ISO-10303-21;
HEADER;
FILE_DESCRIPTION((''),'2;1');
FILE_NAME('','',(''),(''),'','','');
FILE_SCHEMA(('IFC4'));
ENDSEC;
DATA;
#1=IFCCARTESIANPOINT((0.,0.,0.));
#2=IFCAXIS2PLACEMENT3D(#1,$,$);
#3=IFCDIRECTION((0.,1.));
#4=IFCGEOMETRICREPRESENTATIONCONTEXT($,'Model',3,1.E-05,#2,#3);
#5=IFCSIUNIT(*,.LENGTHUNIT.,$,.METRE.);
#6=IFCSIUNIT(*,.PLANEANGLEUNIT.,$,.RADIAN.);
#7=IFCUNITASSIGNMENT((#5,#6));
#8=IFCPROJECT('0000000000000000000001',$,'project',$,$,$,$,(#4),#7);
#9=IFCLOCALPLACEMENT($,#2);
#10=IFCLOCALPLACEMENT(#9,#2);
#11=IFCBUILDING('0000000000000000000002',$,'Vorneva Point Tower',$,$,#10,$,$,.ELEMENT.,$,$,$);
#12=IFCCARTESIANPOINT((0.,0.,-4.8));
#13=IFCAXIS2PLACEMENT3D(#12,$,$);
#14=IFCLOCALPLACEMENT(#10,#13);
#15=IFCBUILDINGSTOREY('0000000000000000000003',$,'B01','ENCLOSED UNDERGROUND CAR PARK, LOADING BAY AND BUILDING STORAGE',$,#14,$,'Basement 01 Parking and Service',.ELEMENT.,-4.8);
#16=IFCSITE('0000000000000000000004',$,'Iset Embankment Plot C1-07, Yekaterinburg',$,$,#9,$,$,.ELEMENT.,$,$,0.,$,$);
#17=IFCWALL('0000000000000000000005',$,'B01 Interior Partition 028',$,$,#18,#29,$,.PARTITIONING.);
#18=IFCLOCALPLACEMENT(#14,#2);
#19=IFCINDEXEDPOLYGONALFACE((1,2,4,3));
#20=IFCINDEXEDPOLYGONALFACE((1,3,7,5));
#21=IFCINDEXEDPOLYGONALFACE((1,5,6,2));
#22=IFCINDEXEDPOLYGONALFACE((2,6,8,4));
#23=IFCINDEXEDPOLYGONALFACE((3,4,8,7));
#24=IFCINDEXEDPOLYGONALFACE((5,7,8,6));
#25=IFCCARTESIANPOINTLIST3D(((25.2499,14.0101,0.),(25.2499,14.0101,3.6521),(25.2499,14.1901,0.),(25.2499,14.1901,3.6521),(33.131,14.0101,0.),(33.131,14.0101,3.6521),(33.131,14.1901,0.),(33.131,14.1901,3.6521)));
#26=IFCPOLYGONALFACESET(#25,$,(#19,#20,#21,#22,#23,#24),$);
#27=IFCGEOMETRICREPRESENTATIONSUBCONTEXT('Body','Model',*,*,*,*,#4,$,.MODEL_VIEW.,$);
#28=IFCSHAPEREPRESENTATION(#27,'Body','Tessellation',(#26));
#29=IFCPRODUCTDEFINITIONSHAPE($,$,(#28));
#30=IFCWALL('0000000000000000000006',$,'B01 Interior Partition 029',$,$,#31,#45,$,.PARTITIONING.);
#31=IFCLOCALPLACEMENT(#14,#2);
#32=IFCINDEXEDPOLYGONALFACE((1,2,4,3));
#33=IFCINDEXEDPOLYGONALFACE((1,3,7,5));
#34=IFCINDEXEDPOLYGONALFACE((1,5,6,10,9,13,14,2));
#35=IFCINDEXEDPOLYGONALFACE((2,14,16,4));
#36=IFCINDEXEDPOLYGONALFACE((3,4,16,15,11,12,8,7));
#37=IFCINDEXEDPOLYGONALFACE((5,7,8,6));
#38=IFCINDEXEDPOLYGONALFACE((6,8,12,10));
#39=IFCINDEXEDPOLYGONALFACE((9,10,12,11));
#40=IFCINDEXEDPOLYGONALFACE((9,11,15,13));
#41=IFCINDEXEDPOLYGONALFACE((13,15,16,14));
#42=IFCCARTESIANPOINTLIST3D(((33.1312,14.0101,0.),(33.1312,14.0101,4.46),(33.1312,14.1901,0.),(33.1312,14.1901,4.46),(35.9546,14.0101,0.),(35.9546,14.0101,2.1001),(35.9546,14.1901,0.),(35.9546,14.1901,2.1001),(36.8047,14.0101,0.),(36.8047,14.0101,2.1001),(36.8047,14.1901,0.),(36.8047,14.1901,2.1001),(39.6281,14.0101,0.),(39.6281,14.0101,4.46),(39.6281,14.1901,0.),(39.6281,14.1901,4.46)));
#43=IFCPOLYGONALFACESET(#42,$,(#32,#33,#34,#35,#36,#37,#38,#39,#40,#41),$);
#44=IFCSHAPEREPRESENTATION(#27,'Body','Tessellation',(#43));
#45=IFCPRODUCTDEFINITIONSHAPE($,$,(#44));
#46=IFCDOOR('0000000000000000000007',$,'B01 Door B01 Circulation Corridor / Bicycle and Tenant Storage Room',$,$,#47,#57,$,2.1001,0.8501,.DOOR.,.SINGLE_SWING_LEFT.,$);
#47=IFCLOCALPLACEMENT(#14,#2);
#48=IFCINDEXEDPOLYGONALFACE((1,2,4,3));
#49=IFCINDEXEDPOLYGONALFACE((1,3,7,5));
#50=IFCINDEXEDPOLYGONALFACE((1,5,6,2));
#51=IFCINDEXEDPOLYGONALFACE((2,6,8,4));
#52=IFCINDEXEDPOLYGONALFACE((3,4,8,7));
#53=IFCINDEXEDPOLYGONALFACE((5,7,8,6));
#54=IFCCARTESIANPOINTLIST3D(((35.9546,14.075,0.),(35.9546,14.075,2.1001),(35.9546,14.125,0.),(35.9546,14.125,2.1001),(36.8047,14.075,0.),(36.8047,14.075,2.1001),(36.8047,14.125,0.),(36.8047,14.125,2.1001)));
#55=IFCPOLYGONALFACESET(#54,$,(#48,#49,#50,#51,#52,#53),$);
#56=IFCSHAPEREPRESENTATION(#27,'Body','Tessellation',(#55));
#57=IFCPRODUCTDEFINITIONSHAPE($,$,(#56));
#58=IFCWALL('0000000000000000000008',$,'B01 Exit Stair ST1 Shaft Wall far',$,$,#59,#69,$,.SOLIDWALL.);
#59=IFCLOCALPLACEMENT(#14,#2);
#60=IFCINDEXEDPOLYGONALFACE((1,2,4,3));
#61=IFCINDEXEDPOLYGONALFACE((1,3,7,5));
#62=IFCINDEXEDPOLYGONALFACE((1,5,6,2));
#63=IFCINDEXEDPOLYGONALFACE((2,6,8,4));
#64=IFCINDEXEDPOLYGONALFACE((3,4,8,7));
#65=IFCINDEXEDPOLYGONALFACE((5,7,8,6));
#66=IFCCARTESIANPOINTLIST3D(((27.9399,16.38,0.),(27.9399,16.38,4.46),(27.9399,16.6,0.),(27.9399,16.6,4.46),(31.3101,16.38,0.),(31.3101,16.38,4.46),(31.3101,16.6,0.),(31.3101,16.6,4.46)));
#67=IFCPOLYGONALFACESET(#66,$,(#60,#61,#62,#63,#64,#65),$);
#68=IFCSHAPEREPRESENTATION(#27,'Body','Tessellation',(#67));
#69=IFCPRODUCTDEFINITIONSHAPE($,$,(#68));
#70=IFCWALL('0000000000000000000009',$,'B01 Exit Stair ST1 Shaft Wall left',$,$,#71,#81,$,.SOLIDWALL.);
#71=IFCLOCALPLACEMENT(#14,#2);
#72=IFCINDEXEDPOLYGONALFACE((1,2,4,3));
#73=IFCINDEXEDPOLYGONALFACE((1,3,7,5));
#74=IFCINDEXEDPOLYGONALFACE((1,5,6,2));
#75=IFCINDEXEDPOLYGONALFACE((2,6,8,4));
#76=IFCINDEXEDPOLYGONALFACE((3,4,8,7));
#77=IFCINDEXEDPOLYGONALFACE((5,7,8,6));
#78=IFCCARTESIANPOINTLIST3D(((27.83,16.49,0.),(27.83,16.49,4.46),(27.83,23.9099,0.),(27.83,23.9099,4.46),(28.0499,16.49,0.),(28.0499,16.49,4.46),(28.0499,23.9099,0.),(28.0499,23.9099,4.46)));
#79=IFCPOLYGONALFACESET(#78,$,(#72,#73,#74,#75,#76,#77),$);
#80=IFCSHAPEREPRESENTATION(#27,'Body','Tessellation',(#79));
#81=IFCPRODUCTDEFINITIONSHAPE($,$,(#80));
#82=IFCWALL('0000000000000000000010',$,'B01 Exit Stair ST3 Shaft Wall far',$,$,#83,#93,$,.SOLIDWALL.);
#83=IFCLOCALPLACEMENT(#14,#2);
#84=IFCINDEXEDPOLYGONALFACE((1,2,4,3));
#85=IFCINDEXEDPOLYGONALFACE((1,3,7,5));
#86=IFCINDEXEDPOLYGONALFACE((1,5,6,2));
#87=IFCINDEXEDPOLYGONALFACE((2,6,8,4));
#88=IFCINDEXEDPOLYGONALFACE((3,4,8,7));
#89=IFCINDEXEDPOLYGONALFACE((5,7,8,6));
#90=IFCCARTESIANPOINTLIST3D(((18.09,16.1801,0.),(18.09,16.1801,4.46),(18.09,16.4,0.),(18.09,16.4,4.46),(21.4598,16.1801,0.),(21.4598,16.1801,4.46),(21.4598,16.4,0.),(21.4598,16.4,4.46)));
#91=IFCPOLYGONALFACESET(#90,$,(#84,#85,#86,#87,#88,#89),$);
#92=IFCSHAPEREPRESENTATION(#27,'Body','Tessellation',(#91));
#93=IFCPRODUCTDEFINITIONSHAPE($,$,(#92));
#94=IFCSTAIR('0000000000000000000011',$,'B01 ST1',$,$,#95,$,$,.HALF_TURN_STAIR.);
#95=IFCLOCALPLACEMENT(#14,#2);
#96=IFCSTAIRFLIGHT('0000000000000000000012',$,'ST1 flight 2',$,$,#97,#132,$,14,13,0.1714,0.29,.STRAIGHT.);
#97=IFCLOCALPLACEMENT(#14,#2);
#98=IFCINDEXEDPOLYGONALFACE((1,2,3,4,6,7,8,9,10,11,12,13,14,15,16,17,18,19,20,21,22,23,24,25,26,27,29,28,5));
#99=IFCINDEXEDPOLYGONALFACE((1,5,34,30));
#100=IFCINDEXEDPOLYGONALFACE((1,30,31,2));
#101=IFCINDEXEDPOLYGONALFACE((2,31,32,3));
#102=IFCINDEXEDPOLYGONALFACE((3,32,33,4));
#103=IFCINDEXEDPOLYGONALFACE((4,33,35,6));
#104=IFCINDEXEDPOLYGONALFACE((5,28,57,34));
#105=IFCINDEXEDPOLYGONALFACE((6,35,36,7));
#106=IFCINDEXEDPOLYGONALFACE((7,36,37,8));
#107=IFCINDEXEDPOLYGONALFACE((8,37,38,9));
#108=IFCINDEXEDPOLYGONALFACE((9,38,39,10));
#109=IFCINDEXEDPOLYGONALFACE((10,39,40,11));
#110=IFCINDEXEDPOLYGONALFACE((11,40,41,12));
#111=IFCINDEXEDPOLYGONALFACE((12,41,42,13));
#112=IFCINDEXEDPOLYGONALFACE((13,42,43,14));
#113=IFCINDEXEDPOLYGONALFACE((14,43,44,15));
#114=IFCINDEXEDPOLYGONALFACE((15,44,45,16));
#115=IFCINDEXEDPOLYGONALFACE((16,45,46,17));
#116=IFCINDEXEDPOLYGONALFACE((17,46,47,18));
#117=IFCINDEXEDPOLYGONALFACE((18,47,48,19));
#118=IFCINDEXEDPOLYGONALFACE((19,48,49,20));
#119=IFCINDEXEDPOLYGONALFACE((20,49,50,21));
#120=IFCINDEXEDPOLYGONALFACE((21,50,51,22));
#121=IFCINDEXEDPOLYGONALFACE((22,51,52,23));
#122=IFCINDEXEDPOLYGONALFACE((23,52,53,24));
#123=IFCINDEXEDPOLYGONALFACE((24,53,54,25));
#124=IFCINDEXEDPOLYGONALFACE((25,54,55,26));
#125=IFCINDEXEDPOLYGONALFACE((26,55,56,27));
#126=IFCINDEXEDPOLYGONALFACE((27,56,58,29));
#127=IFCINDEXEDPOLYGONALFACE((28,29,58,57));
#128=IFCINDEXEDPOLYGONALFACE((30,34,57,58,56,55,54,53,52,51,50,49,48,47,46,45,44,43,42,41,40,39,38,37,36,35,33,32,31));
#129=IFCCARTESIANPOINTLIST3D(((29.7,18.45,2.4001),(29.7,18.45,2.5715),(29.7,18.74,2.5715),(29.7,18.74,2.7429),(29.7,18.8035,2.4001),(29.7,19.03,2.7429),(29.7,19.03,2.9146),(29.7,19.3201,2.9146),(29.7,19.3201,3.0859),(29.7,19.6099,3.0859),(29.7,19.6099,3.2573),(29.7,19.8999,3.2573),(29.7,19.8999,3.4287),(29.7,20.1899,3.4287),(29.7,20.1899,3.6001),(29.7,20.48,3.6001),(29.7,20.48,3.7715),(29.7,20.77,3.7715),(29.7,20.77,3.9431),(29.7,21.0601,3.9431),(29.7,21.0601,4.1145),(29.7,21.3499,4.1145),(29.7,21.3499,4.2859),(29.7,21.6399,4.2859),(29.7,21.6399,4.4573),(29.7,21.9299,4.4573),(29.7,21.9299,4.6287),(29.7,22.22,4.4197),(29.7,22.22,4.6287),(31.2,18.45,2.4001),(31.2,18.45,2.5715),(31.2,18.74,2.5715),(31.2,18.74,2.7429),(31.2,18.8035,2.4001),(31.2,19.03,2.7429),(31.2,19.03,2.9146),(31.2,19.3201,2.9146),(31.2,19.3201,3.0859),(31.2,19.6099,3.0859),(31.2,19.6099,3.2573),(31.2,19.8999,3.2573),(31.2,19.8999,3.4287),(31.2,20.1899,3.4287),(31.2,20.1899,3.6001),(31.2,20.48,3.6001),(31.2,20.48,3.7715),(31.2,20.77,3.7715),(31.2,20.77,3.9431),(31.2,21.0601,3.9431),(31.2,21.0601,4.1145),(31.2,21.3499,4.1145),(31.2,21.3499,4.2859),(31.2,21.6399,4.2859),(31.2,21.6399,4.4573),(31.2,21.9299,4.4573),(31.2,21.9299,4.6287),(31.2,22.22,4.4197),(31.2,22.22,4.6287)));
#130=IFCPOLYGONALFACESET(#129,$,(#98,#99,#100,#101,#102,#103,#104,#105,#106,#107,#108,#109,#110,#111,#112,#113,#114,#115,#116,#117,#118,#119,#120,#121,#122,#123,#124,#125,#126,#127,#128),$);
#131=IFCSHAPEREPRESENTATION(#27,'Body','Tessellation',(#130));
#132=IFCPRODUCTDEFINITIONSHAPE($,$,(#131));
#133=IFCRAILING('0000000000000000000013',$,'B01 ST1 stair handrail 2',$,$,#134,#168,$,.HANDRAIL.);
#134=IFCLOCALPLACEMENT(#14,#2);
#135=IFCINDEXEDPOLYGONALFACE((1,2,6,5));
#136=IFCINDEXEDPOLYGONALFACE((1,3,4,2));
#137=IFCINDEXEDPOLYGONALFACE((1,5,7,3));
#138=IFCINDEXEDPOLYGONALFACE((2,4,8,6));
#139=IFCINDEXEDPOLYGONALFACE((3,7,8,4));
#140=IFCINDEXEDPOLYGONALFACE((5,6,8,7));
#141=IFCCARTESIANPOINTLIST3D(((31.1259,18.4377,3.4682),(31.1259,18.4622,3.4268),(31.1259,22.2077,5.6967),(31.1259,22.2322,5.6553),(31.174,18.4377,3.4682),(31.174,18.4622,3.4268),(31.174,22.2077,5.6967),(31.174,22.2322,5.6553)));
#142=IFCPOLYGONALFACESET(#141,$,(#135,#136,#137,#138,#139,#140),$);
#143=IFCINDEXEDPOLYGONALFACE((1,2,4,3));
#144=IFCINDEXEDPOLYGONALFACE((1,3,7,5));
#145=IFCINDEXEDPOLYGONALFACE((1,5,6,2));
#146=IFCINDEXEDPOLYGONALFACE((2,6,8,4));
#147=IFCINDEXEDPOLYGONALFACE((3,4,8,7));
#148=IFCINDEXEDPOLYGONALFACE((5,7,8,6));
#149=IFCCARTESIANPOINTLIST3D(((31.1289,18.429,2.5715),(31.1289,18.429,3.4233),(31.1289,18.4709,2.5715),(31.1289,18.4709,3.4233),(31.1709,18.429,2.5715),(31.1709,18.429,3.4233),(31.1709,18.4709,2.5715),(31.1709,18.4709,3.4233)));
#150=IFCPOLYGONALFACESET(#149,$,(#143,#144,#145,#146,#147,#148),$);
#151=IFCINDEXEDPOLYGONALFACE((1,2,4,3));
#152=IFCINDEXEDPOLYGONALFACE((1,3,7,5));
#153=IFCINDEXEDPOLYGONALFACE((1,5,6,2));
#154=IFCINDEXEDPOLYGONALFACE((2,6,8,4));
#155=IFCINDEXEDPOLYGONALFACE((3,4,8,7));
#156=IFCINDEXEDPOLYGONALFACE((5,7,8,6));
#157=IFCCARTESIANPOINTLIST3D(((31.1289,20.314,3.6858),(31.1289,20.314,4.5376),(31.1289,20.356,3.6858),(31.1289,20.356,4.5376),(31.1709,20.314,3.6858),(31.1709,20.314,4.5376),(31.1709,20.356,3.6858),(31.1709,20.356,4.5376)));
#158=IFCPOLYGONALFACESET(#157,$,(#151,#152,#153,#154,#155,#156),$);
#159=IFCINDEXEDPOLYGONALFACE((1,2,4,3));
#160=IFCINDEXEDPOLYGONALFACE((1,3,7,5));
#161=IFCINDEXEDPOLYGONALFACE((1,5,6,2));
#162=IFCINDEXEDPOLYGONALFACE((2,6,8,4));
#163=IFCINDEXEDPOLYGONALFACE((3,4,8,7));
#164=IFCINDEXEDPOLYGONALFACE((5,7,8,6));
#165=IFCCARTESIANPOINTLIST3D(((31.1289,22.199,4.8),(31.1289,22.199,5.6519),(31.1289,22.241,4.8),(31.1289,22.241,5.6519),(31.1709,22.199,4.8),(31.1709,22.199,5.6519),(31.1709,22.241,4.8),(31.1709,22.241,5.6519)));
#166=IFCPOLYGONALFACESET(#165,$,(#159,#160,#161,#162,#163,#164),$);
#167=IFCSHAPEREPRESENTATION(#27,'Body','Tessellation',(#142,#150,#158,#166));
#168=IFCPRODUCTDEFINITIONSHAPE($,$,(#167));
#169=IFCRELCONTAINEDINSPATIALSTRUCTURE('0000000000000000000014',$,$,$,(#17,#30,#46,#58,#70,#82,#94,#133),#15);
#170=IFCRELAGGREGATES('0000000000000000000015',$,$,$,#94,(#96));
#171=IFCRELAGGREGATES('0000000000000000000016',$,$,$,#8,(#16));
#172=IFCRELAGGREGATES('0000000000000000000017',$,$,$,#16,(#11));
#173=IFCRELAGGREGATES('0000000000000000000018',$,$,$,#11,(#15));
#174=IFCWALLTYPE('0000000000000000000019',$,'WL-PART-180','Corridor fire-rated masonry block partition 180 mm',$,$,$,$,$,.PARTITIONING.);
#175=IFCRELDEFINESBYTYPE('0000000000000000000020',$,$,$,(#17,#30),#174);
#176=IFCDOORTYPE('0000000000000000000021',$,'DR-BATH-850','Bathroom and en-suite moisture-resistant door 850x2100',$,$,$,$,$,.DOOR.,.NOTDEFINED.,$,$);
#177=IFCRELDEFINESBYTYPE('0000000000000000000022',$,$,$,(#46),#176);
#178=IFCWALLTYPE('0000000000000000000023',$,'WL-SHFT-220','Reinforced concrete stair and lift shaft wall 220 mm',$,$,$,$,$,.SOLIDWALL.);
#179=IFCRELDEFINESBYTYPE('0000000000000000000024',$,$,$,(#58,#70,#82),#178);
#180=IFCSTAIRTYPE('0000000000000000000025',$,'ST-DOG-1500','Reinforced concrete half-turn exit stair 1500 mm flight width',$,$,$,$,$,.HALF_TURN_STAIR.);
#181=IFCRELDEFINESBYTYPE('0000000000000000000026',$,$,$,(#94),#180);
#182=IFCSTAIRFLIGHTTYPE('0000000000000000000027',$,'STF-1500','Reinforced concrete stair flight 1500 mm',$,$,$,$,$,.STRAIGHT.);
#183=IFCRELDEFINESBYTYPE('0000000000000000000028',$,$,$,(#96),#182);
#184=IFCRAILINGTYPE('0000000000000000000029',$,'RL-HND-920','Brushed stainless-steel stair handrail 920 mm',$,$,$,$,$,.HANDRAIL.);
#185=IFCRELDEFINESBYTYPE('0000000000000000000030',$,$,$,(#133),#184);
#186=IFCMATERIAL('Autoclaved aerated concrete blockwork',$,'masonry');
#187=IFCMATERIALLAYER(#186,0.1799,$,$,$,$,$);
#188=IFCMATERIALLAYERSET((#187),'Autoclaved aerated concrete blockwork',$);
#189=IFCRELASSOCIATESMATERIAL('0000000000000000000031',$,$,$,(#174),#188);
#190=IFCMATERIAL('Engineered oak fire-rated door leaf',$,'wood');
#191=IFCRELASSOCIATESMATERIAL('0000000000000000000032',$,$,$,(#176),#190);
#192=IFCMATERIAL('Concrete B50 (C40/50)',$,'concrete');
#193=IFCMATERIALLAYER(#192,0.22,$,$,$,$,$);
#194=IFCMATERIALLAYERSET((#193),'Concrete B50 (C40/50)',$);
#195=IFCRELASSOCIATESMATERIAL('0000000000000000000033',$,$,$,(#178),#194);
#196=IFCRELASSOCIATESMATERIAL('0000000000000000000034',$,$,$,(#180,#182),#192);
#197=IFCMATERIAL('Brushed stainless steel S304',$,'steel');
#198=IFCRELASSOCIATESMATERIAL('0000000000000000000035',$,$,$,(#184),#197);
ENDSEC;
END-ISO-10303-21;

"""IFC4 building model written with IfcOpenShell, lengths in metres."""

from ifc_helpers import new_model, si_unit, direction, frame, frame_2d, origin, origin_2d, place, context, subcontext, project, spatial, polyline, rectangle, outline, extrude, material, layer, layer_set, type_object, element, fill, aggregate, save


model = new_model("IFC4")

# Units and contexts
model_context = context("Model", 3, precision=1e-05, world=origin(), true_north=direction((0.0, 1.0)))
body_context = subcontext(model_context, "Body", "Model", "MODEL_VIEW")
ifc_project = project(units=[si_unit("LENGTHUNIT", "METRE"), si_unit("PLANEANGLEUNIT", "RADIAN")], contexts=[model_context])

# Site, building, storey
site_placement = place(None, origin())
site = spatial("IfcSite", under=ifc_project, at=site_placement, Name="Iset Embankment Plot C1-07, Yekaterinburg", CompositionType="ELEMENT", RefElevation=0.0)
building_placement = place(site_placement, origin())
building = spatial("IfcBuilding", under=site, at=building_placement, Name="Vorneva Point Tower", CompositionType="ELEMENT")
storey_placement = place(building_placement, frame((0.0, 0.0, -4.8)))
storey = spatial("IfcBuildingStorey", under=building, at=storey_placement, Name="B01", Description="ENCLOSED UNDERGROUND CAR PARK, LOADING BAY AND BUILDING STORAGE", LongName="Basement 01 Parking and Service", CompositionType="ELEMENT", Elevation=-4.8)

# Shared definitions
ifc_material_1 = material(Name="Autoclaved aerated concrete blockwork", Category="masonry")
ifc_layer_1 = layer(ifc_material_1, 0.1799)
ifc_layer_set_1 = layer_set([ifc_layer_1], Name="Autoclaved aerated concrete blockwork")
wall_type_1 = type_object("IfcWallType", Name="WL-PART-180", Description="Corridor fire-rated masonry block partition 180 mm", PredefinedType="PARTITIONING", material=ifc_layer_set_1)

# Wall
wall_1_placement = place(storey_placement, frame((25.25, 14.1001, 0.0), z_axis=(0.0, 0.0, 1.0), x_axis=(1.0, 0.0, 0.0)))
element("IfcWall", 1, at=wall_1_placement, inside=storey, type_object=wall_type_1, Name="B01 Interior Partition 028", PredefinedType="PARTITIONING", context=body_context, shape_type="SweptSolid", body=[
    extrude(rectangle(XDim=7.8811, YDim=0.1799, at=frame_2d((3.9404, 0.0))), origin(), (0.0, 0.0, 1.0), 3.6521),
])

# Wall, opening, door
wall_2_placement = place(storey_placement, frame((33.1311, 14.1001, 0.0), z_axis=(0.0, 0.0, 1.0), x_axis=(1.0, 0.0, 0.0)))
wall_2 = element("IfcWall", 2, at=wall_2_placement, inside=storey, type_object=wall_type_1, Name="B01 Interior Partition 029", PredefinedType="PARTITIONING", context=body_context, shape_type="SweptSolid", body=[
    extrude(rectangle(XDim=6.4968, YDim=0.1799, at=frame_2d((3.2485, 0.0))), origin(), (0.0, 0.0, 1.0), 4.46),
])
opening_1_placement = place(wall_2_placement, frame((2.8235, 0.0, 0.0)))
opening_1 = element("IfcOpeningElement", 3, at=opening_1_placement, cuts=wall_2, PredefinedType="OPENING", context=body_context, shape_type="SweptSolid", body=[
    extrude(rectangle(XDim=0.8501, YDim=2.1001, at=frame_2d((0.425, 1.05))), frame((0.0, 0.105, 0.0), z_axis=(0.0, -1.0, 0.0), x_axis=(1.0, 0.0, 0.0)), (0.0, 0.0, 1.0), 0.2097),
])
ifc_material_2 = material(Name="Engineered oak fire-rated door leaf", Category="wood")
door_type_1 = type_object("IfcDoorType", Name="DR-BATH-850", Description="Bathroom and en-suite moisture-resistant door 850x2100", OperationType="NOTDEFINED", PredefinedType="DOOR", material=ifc_material_2)
door_1_placement = place(opening_1_placement, origin())
door_1 = element("IfcDoor", 4, at=door_1_placement, inside=storey, type_object=door_type_1, Name="B01 Door B01 Circulation Corridor / Bicycle and Tenant Storage Room", OperationType="SINGLE_SWING_LEFT", OverallHeight=2.1001, OverallWidth=0.8501, PredefinedType="DOOR", context=body_context, shape_type="SweptSolid", body=[
    extrude(rectangle(XDim=0.8501, YDim=2.1001, at=frame_2d((0.425, 1.05))), frame((0.0, 0.0249, 0.0), z_axis=(0.0, -1.0, 0.0), x_axis=(1.0, 0.0, 0.0)), (0.0, 0.0, 1.0), 0.05),
])
fill(opening_1, door_1)

# Walls
ifc_material_3 = material(Name="Concrete B50 (C40/50)", Category="concrete")
ifc_layer_2 = layer(ifc_material_3, 0.22)
ifc_layer_set_2 = layer_set([ifc_layer_2], Name="Concrete B50 (C40/50)")
wall_type_2 = type_object("IfcWallType", Name="WL-SHFT-220", Description="Reinforced concrete stair and lift shaft wall 220 mm", PredefinedType="SOLIDWALL", material=ifc_layer_set_2)
wall_3_placement = place(storey_placement, frame((31.3101, 16.49, 0.0), z_axis=(0.0, 0.0, 1.0), x_axis=(-1.0, 0.0, 0.0)))
element("IfcWall", 5, at=wall_3_placement, inside=storey, type_object=wall_type_2, Name="B01 Exit Stair ST1 Shaft Wall far", PredefinedType="SOLIDWALL", context=body_context, shape_type="SweptSolid", body=[
    extrude(rectangle(XDim=3.3701, YDim=0.22, at=frame_2d((1.6851, 0.0))), origin(), (0.0, 0.0, 1.0), 4.46),
])
wall_4_placement = place(storey_placement, frame((27.9399, 16.49, 0.0), z_axis=(0.0, 0.0, 1.0), x_axis=(0.0, 1.0, 0.0)))
element("IfcWall", 6, at=wall_4_placement, inside=storey, type_object=wall_type_2, Name="B01 Exit Stair ST1 Shaft Wall left", PredefinedType="SOLIDWALL", context=body_context, shape_type="SweptSolid", body=[
    extrude(rectangle(XDim=7.4199, YDim=0.22, at=frame_2d((3.71, 0.0))), origin(), (0.0, 0.0, 1.0), 4.46),
])
wall_5_placement = place(storey_placement, frame((21.46, 16.29, 0.0), z_axis=(0.0, 0.0, 1.0), x_axis=(-1.0, 0.0, 0.0)))
element("IfcWall", 7, at=wall_5_placement, inside=storey, type_object=wall_type_2, Name="B01 Exit Stair ST3 Shaft Wall far", PredefinedType="SOLIDWALL", context=body_context, shape_type="SweptSolid", body=[
    extrude(rectangle(XDim=3.3699, YDim=0.22, at=frame_2d((1.6851, 0.0))), origin(), (0.0, 0.0, 1.0), 4.46),
])

# Stair, stair flight
stair_type = type_object("IfcStairType", Name="ST-DOG-1500", Description="Reinforced concrete half-turn exit stair 1500 mm flight width", PredefinedType="HALF_TURN_STAIR", material=ifc_material_3)
stair_placement = place(storey_placement, origin())
stair = element("IfcStair", 8, at=stair_placement, inside=storey, type_object=stair_type, Name="B01 ST1", PredefinedType="HALF_TURN_STAIR")
stair_flight_type = type_object("IfcStairFlightType", Name="STF-1500", Description="Reinforced concrete stair flight 1500 mm", PredefinedType="STRAIGHT", material=ifc_material_3)
stair_flight_placement = place(storey_placement, frame((30.45, 18.45, 2.4001), z_axis=(0.0, 0.0, 1.0), x_axis=(0.0, 1.0, 0.0)))
stair_flight = element("IfcStairFlight", 9, at=stair_flight_placement, type_object=stair_flight_type, Name="ST1 flight 2", NumberOfRisers=14, NumberOfTreads=13, PredefinedType="STRAIGHT", RiserHeight=0.1714, TreadLength=0.29, context=body_context, shape_type="SweptSolid", body=[
    extrude(outline(polyline([(0.0, 0.0), (0.0, 0.1714), (0.29, 0.1714), (0.29, 0.3428), (0.5801, 0.3428), (0.5801, 0.5144), (0.8701, 0.5144), (0.8701, 0.6858), (1.1599, 0.6858), (1.1599, 0.8572), (1.45, 0.8572), (1.45, 1.0286), (1.74, 1.0286), (1.74, 1.2), (2.03, 1.2), (2.03, 1.3713), (2.3201, 1.3713), (2.3201, 1.543), (2.6101, 1.543), (2.6101, 1.7144), (2.8999, 1.7144), (2.8999, 1.8857), (3.1899, 1.8857), (3.1899, 2.0571), (3.48, 2.0571), (3.48, 2.2285), (3.77, 2.2285), (3.77, 2.3999), (3.77, 2.0195), (0.3535, 0.0), (0.0, 0.0)])), frame((0.0, 0.75, 0.0), z_axis=(0.0, -1.0, 0.0), x_axis=(1.0, 0.0, 0.0)), (0.0, 0.0, 1.0), 1.5),
])
aggregate(stair, [stair_flight])

# Railing
ifc_material_4 = material(Name="Brushed stainless steel S304", Category="steel")
railing_type_1 = type_object("IfcRailingType", Name="RL-HND-920", Description="Brushed stainless-steel stair handrail 920 mm", PredefinedType="HANDRAIL", material=ifc_material_4)
for number, where, name in (
    (10, (31.1499, 18.45, 2.5715), "B01 ST1 stair handrail 2"),
):
    element("IfcRailing", number, at=place(storey_placement, frame(where)), inside=storey, type_object=railing_type_1, Name=name, PredefinedType="HANDRAIL", context=body_context, shape_type="SweptSolid", body=[
        extrude(rectangle(XDim=0.0481, YDim=0.0481, at=origin_2d()), frame((0.0, 0.0, 0.876), z_axis=(0.0, 0.860849, 0.508861), x_axis=(-1.0, 0.0, 0.0)), (0.0, 0.0, 1.0), 4.3794),
        extrude(rectangle(XDim=0.042, YDim=0.042, at=origin_2d()), origin(), (0.0, 0.0, 1.0), 0.8518),
        extrude(rectangle(XDim=0.042, YDim=0.042, at=origin_2d()), frame((0.0, 1.885, 1.1143)), (0.0, 0.0, 1.0), 0.8518),
        extrude(rectangle(XDim=0.042, YDim=0.042, at=origin_2d()), frame((0.0, 3.77, 2.2285)), (0.0, 0.0, 1.0), 0.8518),
    ])

save(model, "model.ifc")
